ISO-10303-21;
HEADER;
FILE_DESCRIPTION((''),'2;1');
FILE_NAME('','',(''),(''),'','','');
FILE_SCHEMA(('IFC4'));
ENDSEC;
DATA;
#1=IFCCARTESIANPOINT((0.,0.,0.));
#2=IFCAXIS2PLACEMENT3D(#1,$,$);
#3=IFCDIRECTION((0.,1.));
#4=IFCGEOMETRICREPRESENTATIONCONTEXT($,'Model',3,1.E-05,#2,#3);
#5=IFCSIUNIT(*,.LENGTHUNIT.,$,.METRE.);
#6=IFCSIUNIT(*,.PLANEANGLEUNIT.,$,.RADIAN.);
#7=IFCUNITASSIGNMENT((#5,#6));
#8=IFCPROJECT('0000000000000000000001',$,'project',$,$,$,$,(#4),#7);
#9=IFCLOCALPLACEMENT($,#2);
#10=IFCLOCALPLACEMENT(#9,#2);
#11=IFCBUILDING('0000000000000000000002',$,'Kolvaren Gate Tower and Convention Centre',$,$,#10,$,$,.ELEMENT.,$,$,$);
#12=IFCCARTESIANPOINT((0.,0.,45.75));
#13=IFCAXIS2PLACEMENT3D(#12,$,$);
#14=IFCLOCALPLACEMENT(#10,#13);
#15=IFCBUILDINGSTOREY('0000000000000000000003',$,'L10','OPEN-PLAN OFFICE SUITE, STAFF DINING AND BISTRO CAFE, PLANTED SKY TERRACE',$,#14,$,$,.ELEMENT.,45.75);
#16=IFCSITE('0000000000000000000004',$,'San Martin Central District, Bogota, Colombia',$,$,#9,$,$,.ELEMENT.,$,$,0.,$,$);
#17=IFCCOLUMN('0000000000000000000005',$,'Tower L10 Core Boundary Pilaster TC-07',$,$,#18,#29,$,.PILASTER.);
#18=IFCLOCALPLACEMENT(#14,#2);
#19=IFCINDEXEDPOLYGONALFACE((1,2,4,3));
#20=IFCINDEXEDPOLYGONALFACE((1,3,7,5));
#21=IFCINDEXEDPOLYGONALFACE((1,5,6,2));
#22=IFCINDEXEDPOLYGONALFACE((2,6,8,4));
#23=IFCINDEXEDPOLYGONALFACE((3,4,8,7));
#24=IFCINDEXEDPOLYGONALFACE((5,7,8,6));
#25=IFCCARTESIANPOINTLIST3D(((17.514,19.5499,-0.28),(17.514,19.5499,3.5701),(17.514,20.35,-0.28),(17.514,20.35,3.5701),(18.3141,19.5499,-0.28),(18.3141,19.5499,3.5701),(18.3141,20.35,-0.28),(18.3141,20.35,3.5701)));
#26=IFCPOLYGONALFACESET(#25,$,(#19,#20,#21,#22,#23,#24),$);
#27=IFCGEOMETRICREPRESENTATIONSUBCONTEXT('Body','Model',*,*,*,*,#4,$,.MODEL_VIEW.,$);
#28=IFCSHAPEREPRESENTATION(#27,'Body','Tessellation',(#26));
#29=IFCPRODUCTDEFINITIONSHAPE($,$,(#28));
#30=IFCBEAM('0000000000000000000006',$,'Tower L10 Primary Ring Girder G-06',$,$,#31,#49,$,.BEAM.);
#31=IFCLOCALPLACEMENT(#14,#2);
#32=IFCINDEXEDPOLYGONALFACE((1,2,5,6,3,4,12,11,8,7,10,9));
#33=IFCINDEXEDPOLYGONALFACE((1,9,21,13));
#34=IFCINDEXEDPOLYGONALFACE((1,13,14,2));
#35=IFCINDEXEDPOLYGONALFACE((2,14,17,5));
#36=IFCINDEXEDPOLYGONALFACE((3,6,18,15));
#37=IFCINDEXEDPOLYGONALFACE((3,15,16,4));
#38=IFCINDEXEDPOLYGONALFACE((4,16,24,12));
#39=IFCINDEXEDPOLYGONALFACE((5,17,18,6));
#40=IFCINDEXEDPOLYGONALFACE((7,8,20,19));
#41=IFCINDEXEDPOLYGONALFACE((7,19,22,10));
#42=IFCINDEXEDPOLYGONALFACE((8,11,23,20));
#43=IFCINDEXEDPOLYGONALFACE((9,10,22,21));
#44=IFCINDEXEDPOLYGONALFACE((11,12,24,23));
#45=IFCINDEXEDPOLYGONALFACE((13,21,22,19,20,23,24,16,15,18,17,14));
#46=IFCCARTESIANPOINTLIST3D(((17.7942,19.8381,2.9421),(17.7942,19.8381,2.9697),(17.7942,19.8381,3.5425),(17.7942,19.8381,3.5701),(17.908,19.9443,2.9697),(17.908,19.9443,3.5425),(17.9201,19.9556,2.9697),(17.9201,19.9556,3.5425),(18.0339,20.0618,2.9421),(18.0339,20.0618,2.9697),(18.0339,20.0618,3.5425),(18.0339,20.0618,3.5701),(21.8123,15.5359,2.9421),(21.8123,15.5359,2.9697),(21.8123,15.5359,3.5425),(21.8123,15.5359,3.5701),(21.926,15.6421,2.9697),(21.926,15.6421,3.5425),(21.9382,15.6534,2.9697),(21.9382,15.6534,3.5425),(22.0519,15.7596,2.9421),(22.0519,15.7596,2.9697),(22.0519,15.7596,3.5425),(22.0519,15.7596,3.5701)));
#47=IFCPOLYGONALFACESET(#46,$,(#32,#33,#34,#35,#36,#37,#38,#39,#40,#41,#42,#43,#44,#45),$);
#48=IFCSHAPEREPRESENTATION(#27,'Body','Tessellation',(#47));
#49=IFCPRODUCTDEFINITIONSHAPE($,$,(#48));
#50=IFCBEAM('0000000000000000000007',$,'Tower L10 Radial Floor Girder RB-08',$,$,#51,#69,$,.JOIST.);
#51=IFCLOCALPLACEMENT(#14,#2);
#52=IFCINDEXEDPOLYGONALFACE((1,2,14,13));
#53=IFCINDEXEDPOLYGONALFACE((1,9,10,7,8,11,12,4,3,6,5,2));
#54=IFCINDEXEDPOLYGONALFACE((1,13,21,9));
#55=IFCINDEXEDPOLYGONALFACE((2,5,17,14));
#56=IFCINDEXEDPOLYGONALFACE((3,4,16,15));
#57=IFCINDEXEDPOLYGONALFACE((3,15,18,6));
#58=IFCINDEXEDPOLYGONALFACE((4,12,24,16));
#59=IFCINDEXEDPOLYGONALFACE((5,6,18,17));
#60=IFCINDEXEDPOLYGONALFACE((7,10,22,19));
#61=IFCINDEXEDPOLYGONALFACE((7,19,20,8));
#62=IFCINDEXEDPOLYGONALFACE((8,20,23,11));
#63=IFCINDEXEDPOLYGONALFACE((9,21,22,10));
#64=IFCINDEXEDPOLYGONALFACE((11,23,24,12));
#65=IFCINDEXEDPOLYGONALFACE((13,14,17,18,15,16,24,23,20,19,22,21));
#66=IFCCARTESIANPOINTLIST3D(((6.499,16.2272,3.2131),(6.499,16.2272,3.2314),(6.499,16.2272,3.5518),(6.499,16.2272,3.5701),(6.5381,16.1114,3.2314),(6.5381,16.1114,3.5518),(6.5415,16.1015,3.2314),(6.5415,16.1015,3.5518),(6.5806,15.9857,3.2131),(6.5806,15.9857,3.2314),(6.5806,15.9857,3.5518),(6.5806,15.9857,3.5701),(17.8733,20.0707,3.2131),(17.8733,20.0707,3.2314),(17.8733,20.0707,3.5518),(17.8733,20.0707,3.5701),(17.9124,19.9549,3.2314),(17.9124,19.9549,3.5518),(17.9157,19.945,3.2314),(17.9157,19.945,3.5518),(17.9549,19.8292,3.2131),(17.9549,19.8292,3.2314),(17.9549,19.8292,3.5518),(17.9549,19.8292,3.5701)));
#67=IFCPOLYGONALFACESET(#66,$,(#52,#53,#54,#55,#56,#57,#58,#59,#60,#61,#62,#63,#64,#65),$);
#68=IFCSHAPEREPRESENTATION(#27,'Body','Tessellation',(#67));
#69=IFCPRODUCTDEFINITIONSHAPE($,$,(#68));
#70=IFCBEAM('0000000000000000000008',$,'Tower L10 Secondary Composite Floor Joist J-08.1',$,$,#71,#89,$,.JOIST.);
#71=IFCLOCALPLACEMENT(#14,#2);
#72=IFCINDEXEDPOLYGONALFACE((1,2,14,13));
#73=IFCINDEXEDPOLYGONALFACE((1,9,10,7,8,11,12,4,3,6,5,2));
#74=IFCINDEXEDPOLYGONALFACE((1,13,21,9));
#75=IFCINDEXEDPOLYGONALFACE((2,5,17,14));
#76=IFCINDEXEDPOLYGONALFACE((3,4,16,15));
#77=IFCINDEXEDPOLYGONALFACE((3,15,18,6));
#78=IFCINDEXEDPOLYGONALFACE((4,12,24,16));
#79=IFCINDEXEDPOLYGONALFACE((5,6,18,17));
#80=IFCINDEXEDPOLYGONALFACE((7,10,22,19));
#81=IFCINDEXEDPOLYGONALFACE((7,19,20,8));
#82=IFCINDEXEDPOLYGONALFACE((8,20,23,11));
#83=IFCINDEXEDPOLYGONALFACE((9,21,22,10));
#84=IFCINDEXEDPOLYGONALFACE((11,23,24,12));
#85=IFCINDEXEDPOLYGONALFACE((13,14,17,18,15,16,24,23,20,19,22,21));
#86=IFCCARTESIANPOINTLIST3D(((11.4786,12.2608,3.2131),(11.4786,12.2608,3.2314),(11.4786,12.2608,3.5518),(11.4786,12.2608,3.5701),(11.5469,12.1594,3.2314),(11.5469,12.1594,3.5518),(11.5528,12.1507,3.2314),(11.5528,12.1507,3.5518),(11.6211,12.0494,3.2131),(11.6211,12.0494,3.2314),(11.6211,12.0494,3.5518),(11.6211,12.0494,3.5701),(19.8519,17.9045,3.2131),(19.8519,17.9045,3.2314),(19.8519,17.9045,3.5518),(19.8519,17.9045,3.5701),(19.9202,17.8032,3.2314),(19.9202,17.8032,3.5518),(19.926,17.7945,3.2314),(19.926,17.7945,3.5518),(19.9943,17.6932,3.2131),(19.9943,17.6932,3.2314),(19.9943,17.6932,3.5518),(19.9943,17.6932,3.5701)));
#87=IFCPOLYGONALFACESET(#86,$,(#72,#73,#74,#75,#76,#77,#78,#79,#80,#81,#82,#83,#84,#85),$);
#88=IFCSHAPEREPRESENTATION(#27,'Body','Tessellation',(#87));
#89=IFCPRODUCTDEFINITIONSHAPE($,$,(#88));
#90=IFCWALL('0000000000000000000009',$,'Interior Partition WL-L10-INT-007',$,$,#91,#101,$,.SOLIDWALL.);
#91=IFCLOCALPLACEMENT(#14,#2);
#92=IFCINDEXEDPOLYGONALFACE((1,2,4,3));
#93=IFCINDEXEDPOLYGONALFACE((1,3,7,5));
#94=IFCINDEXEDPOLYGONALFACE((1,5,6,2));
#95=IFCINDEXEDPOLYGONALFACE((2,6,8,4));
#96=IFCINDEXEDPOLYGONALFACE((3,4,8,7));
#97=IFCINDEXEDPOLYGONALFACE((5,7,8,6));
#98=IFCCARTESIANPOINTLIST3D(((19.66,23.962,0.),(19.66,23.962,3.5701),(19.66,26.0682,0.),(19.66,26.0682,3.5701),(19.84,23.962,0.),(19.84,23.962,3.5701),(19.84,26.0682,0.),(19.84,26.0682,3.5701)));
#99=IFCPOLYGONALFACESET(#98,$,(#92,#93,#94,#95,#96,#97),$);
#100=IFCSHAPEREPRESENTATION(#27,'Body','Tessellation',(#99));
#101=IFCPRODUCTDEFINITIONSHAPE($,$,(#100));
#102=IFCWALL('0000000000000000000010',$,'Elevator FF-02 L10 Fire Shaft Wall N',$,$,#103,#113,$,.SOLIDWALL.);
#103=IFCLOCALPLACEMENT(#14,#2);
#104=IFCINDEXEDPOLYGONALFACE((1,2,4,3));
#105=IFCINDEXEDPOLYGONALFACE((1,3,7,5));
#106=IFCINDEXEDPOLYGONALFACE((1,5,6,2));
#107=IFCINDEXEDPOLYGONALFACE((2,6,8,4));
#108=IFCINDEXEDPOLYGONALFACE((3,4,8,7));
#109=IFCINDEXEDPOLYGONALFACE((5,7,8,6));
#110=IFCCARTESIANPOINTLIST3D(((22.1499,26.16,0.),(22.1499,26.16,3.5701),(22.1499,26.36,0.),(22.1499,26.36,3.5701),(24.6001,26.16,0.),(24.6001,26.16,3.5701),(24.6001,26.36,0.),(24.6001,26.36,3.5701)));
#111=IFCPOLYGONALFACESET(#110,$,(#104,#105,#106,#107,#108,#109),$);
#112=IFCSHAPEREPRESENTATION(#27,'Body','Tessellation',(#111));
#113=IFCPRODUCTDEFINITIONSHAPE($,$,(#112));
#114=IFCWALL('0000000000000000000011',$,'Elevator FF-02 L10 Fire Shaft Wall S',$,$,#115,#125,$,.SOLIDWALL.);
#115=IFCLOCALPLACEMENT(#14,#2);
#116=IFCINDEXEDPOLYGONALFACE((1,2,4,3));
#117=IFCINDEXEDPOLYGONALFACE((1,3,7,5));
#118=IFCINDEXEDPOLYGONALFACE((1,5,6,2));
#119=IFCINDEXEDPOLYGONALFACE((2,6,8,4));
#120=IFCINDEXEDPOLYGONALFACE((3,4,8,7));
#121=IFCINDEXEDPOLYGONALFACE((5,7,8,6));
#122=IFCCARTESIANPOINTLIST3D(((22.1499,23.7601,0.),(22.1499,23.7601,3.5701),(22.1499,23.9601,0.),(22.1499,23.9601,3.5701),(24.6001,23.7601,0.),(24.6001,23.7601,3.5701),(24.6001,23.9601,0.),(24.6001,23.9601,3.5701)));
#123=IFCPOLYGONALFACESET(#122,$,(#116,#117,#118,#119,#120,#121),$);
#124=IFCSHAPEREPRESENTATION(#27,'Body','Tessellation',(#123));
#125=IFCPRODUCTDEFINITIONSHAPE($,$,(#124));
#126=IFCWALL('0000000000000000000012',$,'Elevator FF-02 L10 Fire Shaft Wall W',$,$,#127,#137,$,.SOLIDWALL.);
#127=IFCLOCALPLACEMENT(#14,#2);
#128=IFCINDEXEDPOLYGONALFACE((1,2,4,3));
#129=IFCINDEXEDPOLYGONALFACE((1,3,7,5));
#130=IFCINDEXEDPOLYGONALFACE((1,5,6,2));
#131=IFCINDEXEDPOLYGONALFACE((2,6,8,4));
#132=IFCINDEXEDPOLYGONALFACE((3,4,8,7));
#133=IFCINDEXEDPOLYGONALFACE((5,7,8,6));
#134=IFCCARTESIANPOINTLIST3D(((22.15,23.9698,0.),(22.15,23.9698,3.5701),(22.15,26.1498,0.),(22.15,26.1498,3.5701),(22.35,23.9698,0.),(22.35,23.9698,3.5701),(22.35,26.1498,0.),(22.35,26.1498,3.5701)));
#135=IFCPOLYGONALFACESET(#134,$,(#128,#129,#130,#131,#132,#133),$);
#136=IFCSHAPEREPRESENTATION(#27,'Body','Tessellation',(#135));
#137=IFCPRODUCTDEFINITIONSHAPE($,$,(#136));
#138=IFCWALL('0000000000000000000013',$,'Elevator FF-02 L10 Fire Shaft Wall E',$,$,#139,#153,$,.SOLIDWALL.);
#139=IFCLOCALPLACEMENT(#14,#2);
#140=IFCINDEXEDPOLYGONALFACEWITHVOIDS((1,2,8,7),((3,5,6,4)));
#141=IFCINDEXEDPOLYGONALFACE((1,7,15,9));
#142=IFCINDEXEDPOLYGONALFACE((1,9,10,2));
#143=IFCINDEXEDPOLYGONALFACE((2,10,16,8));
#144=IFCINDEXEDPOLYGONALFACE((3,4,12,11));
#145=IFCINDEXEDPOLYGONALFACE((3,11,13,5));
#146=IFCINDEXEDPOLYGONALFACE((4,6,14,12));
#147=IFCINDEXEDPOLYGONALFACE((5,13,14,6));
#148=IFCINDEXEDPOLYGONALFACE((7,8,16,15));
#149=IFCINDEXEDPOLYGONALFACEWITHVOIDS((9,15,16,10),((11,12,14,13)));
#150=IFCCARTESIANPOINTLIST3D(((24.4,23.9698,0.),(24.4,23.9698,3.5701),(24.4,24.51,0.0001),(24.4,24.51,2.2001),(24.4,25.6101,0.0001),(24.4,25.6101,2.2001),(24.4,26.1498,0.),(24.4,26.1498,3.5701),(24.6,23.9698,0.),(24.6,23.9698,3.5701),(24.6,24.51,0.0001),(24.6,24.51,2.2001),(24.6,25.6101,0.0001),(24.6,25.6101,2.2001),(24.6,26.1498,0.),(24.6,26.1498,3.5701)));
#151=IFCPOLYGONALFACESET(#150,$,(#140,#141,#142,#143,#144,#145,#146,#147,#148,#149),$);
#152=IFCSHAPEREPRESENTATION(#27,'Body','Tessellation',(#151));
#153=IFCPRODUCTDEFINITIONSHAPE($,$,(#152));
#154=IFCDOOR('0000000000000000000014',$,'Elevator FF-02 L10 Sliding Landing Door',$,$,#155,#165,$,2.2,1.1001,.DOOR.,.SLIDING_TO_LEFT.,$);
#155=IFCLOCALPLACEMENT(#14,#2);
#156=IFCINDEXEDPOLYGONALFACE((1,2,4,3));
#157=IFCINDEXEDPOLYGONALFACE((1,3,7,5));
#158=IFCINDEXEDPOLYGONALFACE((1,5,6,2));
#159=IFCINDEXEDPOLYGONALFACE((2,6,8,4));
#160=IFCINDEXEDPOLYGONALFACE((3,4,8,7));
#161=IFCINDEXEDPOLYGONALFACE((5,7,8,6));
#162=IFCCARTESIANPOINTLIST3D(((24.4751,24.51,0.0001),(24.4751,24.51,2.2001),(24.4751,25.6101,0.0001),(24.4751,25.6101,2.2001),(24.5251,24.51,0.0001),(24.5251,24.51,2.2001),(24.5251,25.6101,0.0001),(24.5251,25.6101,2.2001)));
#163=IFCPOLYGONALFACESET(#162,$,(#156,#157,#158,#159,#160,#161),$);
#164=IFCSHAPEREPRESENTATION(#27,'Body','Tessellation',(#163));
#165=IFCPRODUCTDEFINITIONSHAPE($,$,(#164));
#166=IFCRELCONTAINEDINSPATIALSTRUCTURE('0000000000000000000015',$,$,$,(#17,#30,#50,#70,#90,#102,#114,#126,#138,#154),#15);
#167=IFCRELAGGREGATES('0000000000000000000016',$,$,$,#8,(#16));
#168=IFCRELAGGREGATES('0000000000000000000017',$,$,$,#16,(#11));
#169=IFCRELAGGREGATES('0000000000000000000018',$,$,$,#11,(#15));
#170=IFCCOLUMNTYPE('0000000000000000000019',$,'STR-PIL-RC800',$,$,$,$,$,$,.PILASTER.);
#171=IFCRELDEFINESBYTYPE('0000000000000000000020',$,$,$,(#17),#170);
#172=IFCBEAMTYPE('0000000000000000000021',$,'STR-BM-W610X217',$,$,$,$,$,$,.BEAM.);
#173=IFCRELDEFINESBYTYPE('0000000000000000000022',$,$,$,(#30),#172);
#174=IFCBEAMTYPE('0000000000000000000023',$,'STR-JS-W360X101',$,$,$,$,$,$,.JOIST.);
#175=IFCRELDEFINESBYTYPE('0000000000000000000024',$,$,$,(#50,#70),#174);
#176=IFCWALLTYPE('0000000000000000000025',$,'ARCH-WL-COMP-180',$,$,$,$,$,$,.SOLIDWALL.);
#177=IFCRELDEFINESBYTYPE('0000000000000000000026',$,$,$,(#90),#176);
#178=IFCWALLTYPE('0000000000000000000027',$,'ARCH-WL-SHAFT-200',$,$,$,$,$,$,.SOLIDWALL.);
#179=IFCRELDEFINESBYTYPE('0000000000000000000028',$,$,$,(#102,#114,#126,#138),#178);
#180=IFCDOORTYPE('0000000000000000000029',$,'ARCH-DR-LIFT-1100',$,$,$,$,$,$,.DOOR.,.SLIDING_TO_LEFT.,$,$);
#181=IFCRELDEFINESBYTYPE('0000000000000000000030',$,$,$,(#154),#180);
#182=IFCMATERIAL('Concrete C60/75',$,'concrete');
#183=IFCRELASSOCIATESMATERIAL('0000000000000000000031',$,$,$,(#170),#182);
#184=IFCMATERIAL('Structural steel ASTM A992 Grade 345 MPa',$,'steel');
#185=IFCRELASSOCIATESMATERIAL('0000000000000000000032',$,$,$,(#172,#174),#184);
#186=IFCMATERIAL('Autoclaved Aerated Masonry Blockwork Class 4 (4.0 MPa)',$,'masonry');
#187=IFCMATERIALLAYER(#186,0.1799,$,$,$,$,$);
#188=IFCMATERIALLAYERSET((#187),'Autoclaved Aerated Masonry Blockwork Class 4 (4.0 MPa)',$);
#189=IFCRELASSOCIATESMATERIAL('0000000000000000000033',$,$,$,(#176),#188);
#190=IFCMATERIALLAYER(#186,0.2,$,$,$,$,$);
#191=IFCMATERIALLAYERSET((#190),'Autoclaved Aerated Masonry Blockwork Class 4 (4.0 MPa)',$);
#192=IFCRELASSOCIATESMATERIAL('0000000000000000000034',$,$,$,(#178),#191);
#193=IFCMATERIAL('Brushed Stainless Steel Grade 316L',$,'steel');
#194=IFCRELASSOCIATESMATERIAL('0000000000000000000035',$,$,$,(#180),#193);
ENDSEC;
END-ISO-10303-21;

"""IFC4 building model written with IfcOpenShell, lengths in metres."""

from ifc_helpers import new_model, si_unit, direction, frame, frame_2d, origin, origin_2d, place, context, subcontext, project, spatial, rectangle, i_section, extrude, material, layer, layer_set, material_profile, profile_set, type_object, element, fill, save


model = new_model("IFC4")

# Units and contexts
model_context = context("Model", 3, precision=1e-05, world=origin(), true_north=direction((0.0, 1.0)))
body_context = subcontext(model_context, "Body", "Model", "MODEL_VIEW")
ifc_project = project(units=[si_unit("LENGTHUNIT", "METRE"), si_unit("PLANEANGLEUNIT", "RADIAN")], contexts=[model_context])

# Site, building, storey
site_placement = place(None, origin())
site = spatial("IfcSite", under=ifc_project, at=site_placement, Name="San Martin Central District, Bogota, Colombia", CompositionType="ELEMENT", RefElevation=0.0)
building_placement = place(site_placement, origin())
building = spatial("IfcBuilding", under=site, at=building_placement, Name="Kolvaren Gate Tower and Convention Centre", CompositionType="ELEMENT")
storey_placement = place(building_placement, frame((0.0, 0.0, 45.75)))
storey = spatial("IfcBuildingStorey", under=building, at=storey_placement, Name="L10", Description="OPEN-PLAN OFFICE SUITE, STAFF DINING AND BISTRO CAFE, PLANTED SKY TERRACE", CompositionType="ELEMENT", Elevation=45.75)

# Column
ifc_material_1 = material(Name="Concrete C60/75", Category="concrete")
ifc_material_profile_1 = material_profile(ifc_material_1, rectangle(XDim=0.8, YDim=0.8, at=origin_2d()), Name="RC-COL-800X800")
ifc_profile_set_1 = profile_set([ifc_material_profile_1], Name="Concrete C60/75")
column_type = type_object("IfcColumnType", Name="STR-PIL-RC800", PredefinedType="PILASTER", material=ifc_profile_set_1)
column_placement = place(storey_placement, frame((17.9141, 19.95, -0.28), z_axis=(0.0, 0.0, 1.0), x_axis=(1.0, 0.0, 0.0)))
element("IfcColumn", 1, at=column_placement, inside=storey, type_object=column_type, Name="Tower L10 Core Boundary Pilaster TC-07", PredefinedType="PILASTER", context=body_context, shape_type="SweptSolid", body=[
    extrude(rectangle(XDim=0.8, YDim=0.8, at=origin_2d()), origin(), (0.0, 0.0, 1.0), 3.8501),
])

# Beams
ifc_material_2 = material(Name="Structural steel ASTM A992 Grade 345 MPa", Category="steel")
ifc_material_profile_2 = material_profile(ifc_material_2, i_section(OverallWidth=0.3279, OverallDepth=0.6279, WebThickness=0.0166, FlangeThickness=0.0276, at=origin_2d()), Name="W610X217")
ifc_profile_set_2 = profile_set([ifc_material_profile_2], Name="Structural steel ASTM A992 Grade 345 MPa")
beam_type_1 = type_object("IfcBeamType", Name="STR-BM-W610X217", PredefinedType="BEAM", material=ifc_profile_set_2)
beam_1_placement = place(storey_placement, frame((17.9141, 19.95, 3.2561), z_axis=(0.682558, -0.730832, 0.0), x_axis=(0.730832, 0.682558, 0.0)))
element("IfcBeam", 2, at=beam_1_placement, inside=storey, type_object=beam_type_1, Name="Tower L10 Primary Ring Girder G-06", PredefinedType="BEAM", context=body_context, shape_type="SweptSolid", body=[
    extrude(i_section(OverallWidth=0.3279, OverallDepth=0.6279, WebThickness=0.0166, FlangeThickness=0.0276, at=origin_2d()), origin(), (0.0, 0.0, 1.0), 5.8867),
])
ifc_material_profile_3 = material_profile(ifc_material_2, i_section(OverallWidth=0.2549, OverallDepth=0.3569, WebThickness=0.0105, FlangeThickness=0.0183, at=origin_2d()), Name="W360X101")
ifc_profile_set_3 = profile_set([ifc_material_profile_3], Name="Structural steel ASTM A992 Grade 345 MPa")
beam_type_2 = type_object("IfcBeamType", Name="STR-JS-W360X101", PredefinedType="JOIST", material=ifc_profile_set_3)
beam_2_placement = place(storey_placement, frame((17.9141, 19.95, 3.3916), z_axis=(-0.947374, -0.320129, 0.0), x_axis=(0.320129, -0.947374, 0.0)))
element("IfcBeam", 3, at=beam_2_placement, inside=storey, type_object=beam_type_2, Name="Tower L10 Radial Floor Girder RB-08", PredefinedType="JOIST", context=body_context, shape_type="SweptSolid", body=[
    extrude(i_section(OverallWidth=0.2549, OverallDepth=0.3569, WebThickness=0.0105, FlangeThickness=0.0183, at=origin_2d()), origin(), (0.0, 0.0, 1.0), 12.0061),
])
beam_3_placement = place(storey_placement, frame((19.9231, 17.7988, 3.3916), z_axis=(-0.829224, -0.558917, 0.0), x_axis=(0.558917, -0.829224, 0.0)))
element("IfcBeam", 4, at=beam_3_placement, inside=storey, type_object=beam_type_2, Name="Tower L10 Secondary Composite Floor Joist J-08.1", PredefinedType="JOIST", context=body_context, shape_type="SweptSolid", body=[
    extrude(i_section(OverallWidth=0.2549, OverallDepth=0.3569, WebThickness=0.0105, FlangeThickness=0.0183, at=origin_2d()), origin(), (0.0, 0.0, 1.0), 10.0977),
])

# Walls
ifc_material_3 = material(Name="Autoclaved Aerated Masonry Blockwork Class 4 (4.0 MPa)", Category="masonry")
ifc_layer_1 = layer(ifc_material_3, 0.1799)
ifc_layer_set_1 = layer_set([ifc_layer_1], Name="Autoclaved Aerated Masonry Blockwork Class 4 (4.0 MPa)")
wall_type_1 = type_object("IfcWallType", Name="ARCH-WL-COMP-180", PredefinedType="SOLIDWALL", material=ifc_layer_set_1)
wall_1_placement = place(storey_placement, frame((19.75, 23.9619, 0.0), z_axis=(0.0, 0.0, 1.0), x_axis=(0.0, 1.0, 0.0)))
element("IfcWall", 5, at=wall_1_placement, inside=storey, type_object=wall_type_1, Name="Interior Partition WL-L10-INT-007", PredefinedType="SOLIDWALL", context=body_context, shape_type="SweptSolid", body=[
    extrude(rectangle(XDim=2.1062, YDim=0.1799, at=frame_2d((1.0532, 0.0))), origin(), (0.0, 0.0, 1.0), 3.5701),
])
ifc_layer_2 = layer(ifc_material_3, 0.2)
ifc_layer_set_2 = layer_set([ifc_layer_2], Name="Autoclaved Aerated Masonry Blockwork Class 4 (4.0 MPa)")
wall_type_2 = type_object("IfcWallType", Name="ARCH-WL-SHAFT-200", PredefinedType="SOLIDWALL", material=ifc_layer_set_2)
for number, where, z_axis, x_axis, name in (
    (6, (22.1499, 26.26, 0.0), (0.0, 0.0, 1.0), (1.0, 0.0, 0.0), "Elevator FF-02 L10 Fire Shaft Wall N"),
    (7, (22.1499, 23.8601, 0.0), (0.0, 0.0, 1.0), (1.0, 0.0, 0.0), "Elevator FF-02 L10 Fire Shaft Wall S"),
):
    element("IfcWall", number, at=place(storey_placement, frame(where, z_axis=z_axis, x_axis=x_axis)), inside=storey, type_object=wall_type_2, Name=name, PredefinedType="SOLIDWALL", context=body_context, shape_type="SweptSolid", body=[
        extrude(rectangle(XDim=2.4502, YDim=0.2, at=frame_2d((1.2251, 0.0))), origin(), (0.0, 0.0, 1.0), 3.5701),
    ])
wall_2_placement = place(storey_placement, frame((22.25, 23.97, 0.0), z_axis=(0.0, 0.0, 1.0), x_axis=(0.0, 1.0, 0.0)))
element("IfcWall", 8, at=wall_2_placement, inside=storey, type_object=wall_type_2, Name="Elevator FF-02 L10 Fire Shaft Wall W", PredefinedType="SOLIDWALL", context=body_context, shape_type="SweptSolid", body=[
    extrude(rectangle(XDim=2.1799, YDim=0.2, at=frame_2d((1.0898, 0.0))), origin(), (0.0, 0.0, 1.0), 3.5701),
])

# Wall, opening, door
wall_3_placement = place(storey_placement, frame((24.5, 23.97, 0.0), z_axis=(0.0, 0.0, 1.0), x_axis=(0.0, 1.0, 0.0)))
wall_3 = element("IfcWall", 9, at=wall_3_placement, inside=storey, type_object=wall_type_2, Name="Elevator FF-02 L10 Fire Shaft Wall E", PredefinedType="SOLIDWALL", context=body_context, shape_type="SweptSolid", body=[
    extrude(rectangle(XDim=2.1799, YDim=0.2, at=frame_2d((1.0898, 0.0))), origin(), (0.0, 0.0, 1.0), 3.5701),
])
opening_1_placement = place(wall_3_placement, frame((0.54, 0.0, 0.0)))
opening_1 = element("IfcOpeningElement", 10, at=opening_1_placement, cuts=wall_3, PredefinedType="OPENING", context=body_context, shape_type="SweptSolid", body=[
    extrude(rectangle(XDim=1.1001, YDim=2.2, at=frame_2d((0.55, 1.1001))), frame((0.0, 0.1099, 0.0), z_axis=(0.0, -1.0, 0.0), x_axis=(1.0, 0.0, 0.0)), (0.0, 0.0, 1.0), 0.22),
])
ifc_material_4 = material(Name="Brushed Stainless Steel Grade 316L", Category="steel")
door_type = type_object("IfcDoorType", Name="ARCH-DR-LIFT-1100", OperationType="SLIDING_TO_LEFT", PredefinedType="DOOR", material=ifc_material_4)
door_1_placement = place(opening_1_placement, origin())
door_1 = element("IfcDoor", 11, at=door_1_placement, inside=storey, type_object=door_type, Name="Elevator FF-02 L10 Sliding Landing Door", OperationType="SLIDING_TO_LEFT", OverallHeight=2.2, OverallWidth=1.1001, PredefinedType="DOOR", context=body_context, shape_type="SweptSolid", body=[
    extrude(rectangle(XDim=1.1001, YDim=2.2, at=frame_2d((0.55, 1.1001))), frame((0.0, 0.0249, 0.0), z_axis=(0.0, -1.0, 0.0), x_axis=(1.0, 0.0, 0.0)), (0.0, 0.0, 1.0), 0.05),
])
fill(opening_1, door_1)

save(model, "model.ifc")
